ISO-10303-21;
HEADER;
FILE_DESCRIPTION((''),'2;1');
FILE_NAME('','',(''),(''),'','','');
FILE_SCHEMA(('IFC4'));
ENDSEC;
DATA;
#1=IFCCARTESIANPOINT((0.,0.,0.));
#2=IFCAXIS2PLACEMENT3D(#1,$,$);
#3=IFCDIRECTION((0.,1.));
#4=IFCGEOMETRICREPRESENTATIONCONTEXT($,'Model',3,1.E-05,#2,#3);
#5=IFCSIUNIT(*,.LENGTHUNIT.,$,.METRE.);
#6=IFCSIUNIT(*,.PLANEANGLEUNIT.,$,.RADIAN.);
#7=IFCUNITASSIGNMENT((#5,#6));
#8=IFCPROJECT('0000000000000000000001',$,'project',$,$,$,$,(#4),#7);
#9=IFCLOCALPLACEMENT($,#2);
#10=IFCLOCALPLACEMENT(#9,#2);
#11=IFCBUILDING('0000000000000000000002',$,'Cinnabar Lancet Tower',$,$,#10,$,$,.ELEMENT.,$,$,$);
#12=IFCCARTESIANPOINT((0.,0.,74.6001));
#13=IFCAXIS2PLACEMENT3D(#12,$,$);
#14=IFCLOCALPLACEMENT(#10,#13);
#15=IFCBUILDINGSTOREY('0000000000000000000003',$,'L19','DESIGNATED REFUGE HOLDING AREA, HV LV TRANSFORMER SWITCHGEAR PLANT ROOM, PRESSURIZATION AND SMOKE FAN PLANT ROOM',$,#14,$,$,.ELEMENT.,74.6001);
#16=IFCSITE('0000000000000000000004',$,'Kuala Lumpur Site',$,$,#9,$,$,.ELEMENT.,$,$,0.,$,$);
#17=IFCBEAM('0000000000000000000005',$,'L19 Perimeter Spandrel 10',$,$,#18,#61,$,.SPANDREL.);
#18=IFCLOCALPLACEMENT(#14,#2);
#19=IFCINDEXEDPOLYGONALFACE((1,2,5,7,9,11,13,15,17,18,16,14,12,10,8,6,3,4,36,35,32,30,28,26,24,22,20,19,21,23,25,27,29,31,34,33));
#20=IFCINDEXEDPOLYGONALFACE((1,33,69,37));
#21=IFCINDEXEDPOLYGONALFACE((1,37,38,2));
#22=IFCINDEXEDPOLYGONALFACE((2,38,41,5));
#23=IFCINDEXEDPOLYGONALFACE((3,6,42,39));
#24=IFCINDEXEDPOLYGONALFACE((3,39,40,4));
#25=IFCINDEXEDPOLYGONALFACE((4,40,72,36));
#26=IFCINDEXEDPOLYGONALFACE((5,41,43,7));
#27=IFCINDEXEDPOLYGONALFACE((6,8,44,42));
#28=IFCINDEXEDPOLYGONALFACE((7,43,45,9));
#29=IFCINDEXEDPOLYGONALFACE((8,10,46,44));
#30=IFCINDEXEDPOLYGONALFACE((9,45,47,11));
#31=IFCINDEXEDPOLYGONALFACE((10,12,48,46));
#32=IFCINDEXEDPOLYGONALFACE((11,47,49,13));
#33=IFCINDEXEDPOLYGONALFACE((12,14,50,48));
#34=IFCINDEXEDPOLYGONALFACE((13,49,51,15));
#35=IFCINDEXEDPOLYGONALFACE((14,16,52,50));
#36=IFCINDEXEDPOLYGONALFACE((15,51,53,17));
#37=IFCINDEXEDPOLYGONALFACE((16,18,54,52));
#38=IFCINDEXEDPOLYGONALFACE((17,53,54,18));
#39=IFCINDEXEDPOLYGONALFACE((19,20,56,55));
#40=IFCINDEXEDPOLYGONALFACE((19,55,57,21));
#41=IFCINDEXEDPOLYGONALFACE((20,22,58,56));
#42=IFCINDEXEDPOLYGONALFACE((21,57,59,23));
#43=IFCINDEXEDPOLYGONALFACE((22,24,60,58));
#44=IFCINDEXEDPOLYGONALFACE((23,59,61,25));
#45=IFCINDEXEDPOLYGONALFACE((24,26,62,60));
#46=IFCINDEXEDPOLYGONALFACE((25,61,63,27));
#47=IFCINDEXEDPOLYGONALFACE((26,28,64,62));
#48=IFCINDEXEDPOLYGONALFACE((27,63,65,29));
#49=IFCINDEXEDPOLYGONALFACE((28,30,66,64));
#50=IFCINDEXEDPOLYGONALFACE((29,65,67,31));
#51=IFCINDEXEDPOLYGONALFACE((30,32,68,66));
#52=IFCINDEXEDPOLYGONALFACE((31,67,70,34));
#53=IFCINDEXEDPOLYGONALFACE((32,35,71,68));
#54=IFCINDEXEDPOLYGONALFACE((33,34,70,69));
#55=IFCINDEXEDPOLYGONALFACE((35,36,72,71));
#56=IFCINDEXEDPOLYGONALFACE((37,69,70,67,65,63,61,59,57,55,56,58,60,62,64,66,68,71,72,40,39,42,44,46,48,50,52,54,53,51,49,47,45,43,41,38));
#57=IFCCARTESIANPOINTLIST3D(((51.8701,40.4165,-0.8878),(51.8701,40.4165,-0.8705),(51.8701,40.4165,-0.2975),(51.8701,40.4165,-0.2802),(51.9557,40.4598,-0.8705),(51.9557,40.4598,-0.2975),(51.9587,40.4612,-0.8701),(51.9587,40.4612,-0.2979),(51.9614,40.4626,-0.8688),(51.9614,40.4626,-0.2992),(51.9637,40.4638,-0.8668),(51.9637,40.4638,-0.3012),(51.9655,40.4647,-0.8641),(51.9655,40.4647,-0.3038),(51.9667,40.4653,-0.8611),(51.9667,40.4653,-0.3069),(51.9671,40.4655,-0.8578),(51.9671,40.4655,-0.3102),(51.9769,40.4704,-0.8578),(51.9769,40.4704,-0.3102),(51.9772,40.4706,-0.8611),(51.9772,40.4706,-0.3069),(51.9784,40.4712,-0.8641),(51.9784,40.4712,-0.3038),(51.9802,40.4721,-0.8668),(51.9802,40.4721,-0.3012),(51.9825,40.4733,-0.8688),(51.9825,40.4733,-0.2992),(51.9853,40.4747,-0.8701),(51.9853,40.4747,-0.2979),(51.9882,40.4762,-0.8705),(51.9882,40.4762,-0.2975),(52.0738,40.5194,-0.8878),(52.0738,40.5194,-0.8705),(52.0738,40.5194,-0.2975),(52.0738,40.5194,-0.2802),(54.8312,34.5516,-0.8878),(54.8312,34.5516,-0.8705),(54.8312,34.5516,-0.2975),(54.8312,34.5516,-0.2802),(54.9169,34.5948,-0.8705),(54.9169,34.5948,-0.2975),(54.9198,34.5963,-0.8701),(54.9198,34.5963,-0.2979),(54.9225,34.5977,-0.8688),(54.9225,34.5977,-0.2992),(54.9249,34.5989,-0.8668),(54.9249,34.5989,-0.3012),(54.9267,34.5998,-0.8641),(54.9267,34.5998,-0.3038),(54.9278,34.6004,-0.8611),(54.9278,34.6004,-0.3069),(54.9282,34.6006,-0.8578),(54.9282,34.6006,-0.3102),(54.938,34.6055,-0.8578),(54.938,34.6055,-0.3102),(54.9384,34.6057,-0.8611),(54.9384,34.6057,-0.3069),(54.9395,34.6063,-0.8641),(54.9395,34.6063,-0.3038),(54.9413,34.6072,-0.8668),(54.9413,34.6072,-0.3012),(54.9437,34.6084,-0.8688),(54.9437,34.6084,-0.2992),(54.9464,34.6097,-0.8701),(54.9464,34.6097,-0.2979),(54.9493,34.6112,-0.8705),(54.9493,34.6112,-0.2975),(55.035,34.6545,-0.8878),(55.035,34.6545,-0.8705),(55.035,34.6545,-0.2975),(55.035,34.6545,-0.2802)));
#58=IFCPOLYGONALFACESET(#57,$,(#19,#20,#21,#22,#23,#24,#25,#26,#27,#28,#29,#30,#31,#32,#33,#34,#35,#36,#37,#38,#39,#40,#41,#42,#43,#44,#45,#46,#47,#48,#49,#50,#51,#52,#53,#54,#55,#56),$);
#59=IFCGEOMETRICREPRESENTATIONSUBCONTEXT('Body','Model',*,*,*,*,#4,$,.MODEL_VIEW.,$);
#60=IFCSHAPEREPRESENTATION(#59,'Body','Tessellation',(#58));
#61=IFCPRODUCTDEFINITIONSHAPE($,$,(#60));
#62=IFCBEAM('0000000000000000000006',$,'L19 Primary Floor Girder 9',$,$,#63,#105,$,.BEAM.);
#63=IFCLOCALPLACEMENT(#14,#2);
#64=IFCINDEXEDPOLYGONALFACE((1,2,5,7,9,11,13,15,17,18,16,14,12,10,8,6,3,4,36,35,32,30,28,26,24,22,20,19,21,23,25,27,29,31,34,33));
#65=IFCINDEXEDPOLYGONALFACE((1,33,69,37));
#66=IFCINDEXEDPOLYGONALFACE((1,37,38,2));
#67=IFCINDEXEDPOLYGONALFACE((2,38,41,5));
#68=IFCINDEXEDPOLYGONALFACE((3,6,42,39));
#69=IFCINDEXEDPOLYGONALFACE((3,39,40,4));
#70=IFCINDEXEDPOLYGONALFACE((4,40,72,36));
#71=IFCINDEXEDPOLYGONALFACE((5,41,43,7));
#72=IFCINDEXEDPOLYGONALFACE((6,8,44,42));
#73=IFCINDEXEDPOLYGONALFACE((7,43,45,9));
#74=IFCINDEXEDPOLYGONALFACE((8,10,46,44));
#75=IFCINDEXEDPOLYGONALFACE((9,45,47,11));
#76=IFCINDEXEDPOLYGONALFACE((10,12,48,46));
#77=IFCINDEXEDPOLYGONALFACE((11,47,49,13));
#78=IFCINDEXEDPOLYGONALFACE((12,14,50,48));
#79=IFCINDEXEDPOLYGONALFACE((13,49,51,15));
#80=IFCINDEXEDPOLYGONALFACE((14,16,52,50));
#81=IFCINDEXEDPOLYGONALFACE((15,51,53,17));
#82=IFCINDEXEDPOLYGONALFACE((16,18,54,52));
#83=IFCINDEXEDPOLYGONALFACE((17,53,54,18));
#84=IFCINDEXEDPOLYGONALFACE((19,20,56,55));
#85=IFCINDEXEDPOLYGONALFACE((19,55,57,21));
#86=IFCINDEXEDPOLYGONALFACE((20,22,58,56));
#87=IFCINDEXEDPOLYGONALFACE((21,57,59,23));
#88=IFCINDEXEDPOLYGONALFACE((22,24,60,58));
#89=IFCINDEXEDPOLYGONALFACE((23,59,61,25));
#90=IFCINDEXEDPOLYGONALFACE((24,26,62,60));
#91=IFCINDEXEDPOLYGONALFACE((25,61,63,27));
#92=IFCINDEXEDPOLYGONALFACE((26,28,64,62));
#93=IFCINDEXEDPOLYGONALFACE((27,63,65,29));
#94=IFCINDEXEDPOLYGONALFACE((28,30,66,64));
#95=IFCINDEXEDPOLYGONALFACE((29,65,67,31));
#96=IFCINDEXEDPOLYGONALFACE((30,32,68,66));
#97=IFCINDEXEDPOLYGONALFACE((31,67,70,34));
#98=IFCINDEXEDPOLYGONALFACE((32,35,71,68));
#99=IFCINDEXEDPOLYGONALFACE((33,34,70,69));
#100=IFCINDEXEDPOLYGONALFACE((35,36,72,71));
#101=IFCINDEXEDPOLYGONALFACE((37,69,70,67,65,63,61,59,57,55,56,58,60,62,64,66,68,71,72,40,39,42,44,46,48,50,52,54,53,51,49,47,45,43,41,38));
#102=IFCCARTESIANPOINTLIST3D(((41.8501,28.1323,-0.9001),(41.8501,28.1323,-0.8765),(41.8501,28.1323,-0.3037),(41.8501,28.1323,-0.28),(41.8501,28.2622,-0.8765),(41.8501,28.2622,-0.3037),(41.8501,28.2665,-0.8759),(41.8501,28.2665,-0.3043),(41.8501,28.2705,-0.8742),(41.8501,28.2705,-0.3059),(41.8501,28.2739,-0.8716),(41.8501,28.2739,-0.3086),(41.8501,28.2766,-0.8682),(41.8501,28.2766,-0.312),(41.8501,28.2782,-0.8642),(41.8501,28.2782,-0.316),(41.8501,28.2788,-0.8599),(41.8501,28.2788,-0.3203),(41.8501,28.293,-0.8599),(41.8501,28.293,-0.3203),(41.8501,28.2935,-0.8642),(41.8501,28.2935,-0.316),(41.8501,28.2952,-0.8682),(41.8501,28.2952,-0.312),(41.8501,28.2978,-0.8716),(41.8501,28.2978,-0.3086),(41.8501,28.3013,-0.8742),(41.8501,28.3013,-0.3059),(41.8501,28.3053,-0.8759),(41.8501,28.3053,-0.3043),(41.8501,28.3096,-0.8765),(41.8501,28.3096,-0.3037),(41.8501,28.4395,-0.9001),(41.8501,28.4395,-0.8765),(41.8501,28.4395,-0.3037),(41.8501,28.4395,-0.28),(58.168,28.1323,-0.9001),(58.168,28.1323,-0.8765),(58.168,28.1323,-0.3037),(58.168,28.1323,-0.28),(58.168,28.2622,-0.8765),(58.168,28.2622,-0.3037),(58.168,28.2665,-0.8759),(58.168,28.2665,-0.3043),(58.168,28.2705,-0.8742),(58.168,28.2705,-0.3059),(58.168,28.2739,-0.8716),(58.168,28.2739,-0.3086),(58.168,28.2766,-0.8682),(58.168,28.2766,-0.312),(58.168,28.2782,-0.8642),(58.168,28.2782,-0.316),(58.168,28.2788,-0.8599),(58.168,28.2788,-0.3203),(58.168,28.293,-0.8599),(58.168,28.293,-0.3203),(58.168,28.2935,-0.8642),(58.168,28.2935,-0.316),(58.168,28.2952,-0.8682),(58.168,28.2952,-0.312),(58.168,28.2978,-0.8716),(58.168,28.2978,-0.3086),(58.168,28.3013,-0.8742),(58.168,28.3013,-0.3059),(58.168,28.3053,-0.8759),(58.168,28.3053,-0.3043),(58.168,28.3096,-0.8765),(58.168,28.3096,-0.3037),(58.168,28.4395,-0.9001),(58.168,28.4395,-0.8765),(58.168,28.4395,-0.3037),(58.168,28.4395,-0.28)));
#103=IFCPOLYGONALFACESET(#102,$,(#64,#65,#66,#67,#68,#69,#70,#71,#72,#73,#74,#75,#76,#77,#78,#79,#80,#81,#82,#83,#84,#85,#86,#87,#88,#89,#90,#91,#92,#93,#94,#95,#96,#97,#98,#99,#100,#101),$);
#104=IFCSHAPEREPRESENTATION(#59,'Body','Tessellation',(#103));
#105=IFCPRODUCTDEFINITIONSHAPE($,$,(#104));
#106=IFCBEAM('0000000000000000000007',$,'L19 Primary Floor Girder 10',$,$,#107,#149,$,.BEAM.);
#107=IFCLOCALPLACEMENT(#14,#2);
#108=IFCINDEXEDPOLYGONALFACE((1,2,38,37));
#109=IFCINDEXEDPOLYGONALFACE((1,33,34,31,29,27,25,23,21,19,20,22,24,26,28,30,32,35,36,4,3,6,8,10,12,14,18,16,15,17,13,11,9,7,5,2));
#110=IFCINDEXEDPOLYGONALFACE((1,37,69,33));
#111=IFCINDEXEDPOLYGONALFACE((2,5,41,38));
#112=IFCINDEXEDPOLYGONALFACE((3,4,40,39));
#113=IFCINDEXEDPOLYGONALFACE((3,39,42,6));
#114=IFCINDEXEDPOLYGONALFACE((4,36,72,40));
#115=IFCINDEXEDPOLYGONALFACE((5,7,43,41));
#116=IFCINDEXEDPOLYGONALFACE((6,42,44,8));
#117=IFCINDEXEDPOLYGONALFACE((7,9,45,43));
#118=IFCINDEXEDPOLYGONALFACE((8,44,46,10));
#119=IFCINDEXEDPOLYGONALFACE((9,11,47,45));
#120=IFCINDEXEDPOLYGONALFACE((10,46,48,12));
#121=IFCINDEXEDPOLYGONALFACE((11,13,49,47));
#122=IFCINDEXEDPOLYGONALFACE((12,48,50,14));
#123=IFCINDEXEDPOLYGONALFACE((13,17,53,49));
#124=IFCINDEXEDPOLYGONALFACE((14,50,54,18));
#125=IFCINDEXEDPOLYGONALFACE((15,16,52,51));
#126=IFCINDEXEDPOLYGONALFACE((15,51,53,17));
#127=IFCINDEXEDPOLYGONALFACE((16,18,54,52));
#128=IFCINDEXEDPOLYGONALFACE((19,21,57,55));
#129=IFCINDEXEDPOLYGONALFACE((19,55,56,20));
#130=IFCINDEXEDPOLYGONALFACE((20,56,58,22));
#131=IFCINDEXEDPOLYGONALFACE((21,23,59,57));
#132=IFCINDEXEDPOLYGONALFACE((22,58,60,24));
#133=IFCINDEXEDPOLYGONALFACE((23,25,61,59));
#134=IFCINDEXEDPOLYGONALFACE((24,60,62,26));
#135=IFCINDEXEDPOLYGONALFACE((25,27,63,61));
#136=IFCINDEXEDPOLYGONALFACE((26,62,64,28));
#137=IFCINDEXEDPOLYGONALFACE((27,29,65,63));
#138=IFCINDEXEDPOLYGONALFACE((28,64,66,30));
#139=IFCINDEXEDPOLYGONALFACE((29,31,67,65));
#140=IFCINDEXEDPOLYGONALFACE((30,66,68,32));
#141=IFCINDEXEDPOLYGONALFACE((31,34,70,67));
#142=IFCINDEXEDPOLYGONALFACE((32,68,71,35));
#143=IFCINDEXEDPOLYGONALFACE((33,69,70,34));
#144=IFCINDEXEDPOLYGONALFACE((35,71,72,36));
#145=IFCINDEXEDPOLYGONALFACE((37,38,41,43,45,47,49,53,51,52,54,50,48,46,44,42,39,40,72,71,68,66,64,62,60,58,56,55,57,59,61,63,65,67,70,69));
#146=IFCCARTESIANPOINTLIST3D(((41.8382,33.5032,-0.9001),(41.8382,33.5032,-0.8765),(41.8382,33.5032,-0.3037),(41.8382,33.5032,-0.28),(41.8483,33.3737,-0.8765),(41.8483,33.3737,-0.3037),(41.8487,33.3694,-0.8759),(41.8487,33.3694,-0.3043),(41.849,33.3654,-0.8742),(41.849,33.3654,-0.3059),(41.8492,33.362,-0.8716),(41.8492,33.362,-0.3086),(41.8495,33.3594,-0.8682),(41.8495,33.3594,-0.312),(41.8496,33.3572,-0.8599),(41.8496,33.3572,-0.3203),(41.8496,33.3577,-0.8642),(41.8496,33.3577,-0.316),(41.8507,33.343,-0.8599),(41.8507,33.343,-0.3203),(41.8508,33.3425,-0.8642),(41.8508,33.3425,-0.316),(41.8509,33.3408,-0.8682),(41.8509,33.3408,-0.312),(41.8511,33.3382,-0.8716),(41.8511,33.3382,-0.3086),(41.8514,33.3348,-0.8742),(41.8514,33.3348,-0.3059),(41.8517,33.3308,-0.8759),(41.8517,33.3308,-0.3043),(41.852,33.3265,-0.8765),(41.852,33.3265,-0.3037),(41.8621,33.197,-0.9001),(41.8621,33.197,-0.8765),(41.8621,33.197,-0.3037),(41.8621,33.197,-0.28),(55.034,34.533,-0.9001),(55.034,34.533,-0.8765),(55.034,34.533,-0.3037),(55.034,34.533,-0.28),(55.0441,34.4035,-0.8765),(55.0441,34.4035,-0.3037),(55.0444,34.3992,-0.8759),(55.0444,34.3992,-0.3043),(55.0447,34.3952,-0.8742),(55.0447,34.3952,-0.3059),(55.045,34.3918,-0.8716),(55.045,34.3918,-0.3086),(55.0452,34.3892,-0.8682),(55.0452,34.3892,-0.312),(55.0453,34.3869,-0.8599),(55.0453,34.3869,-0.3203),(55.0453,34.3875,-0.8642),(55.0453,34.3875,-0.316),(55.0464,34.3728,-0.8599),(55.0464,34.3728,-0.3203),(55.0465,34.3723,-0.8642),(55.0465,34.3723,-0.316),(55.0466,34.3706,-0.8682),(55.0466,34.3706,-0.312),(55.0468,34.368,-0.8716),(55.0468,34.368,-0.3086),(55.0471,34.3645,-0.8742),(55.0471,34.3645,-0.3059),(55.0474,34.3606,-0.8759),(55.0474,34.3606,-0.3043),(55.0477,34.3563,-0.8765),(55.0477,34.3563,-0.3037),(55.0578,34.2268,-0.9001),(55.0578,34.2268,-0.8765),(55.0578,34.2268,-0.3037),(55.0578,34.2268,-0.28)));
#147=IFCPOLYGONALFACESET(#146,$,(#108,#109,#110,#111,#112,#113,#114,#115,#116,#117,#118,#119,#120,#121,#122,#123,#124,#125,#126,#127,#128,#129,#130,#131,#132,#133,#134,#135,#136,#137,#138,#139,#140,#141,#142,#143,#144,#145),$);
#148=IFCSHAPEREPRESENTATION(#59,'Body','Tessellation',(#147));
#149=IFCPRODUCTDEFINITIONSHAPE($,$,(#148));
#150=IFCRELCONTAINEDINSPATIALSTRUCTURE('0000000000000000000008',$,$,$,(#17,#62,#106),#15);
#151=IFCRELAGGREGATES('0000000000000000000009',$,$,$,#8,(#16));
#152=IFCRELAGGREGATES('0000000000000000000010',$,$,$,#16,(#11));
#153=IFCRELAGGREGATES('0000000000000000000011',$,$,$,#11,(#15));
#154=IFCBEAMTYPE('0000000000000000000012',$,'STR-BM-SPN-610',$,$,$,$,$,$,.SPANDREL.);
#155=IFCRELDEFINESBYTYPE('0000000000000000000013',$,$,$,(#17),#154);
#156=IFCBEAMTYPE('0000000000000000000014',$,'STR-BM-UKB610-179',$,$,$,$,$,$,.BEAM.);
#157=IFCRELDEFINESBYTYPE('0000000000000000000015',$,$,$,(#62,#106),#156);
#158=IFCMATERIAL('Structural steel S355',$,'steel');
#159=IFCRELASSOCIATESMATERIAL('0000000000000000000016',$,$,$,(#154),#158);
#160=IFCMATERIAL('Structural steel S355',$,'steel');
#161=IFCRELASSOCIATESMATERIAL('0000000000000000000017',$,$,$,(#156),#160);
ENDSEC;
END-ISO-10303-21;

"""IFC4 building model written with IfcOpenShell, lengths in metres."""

from ifc_helpers import new_model, si_unit, direction, frame, origin, origin_2d, place, context, subcontext, project, spatial, i_section, extrude, material, material_profile, profile_set, type_object, element, save


model = new_model("IFC4")

# Units and contexts
model_context = context("Model", 3, precision=1e-05, world=origin(), true_north=direction((0.0, 1.0)))
body_context = subcontext(model_context, "Body", "Model", "MODEL_VIEW")
ifc_project = project(units=[si_unit("LENGTHUNIT", "METRE"), si_unit("PLANEANGLEUNIT", "RADIAN")], contexts=[model_context])

# Site, building, storey
site_placement = place(None, origin())
site = spatial("IfcSite", under=ifc_project, at=site_placement, Name="Kuala Lumpur Site", CompositionType="ELEMENT", RefElevation=0.0)
building_placement = place(site_placement, origin())
building = spatial("IfcBuilding", under=site, at=building_placement, Name="Cinnabar Lancet Tower", CompositionType="ELEMENT")
storey_placement = place(building_placement, frame((0.0, 0.0, 74.6001)))
storey = spatial("IfcBuildingStorey", under=building, at=storey_placement, Name="L19", Description="DESIGNATED REFUGE HOLDING AREA, HV LV TRANSFORMER SWITCHGEAR PLANT ROOM, PRESSURIZATION AND SMOKE FAN PLANT ROOM", CompositionType="ELEMENT", Elevation=74.6001)

# Beams
ifc_material_1 = material(Name="Structural steel S355", Category="steel")
ifc_material_profile_1 = material_profile(ifc_material_1, i_section(OverallWidth=0.2283, OverallDepth=0.6077, WebThickness=0.011, FlangeThickness=0.0173, FilletRadius=0.0127, at=origin_2d()), Name="UKB 610x229x113")
ifc_profile_set_1 = profile_set([ifc_material_profile_1], Name="Structural steel S355")
beam_type_1 = type_object("IfcBeamType", Name="STR-BM-SPN-610", PredefinedType="SPANDREL", material=ifc_profile_set_1)
beam_1_placement = place(storey_placement, frame((54.9331, 34.603, -0.584), z_axis=(-0.450703, 0.892674, 0.0), x_axis=(-0.892674, -0.450703, 0.0)))
element("IfcBeam", 1, at=beam_1_placement, inside=storey, type_object=beam_type_1, Name="L19 Perimeter Spandrel 10", PredefinedType="SPANDREL", context=body_context, shape_type="SweptSolid", body=[
    extrude(i_section(OverallWidth=0.2283, OverallDepth=0.6077, WebThickness=0.011, FlangeThickness=0.0173, FilletRadius=0.0127, at=origin_2d()), origin(), (0.0, 0.0, 1.0), 6.5701),
])
ifc_material_2 = material(Name="Structural steel S355", Category="steel")
ifc_material_profile_2 = material_profile(ifc_material_2, i_section(OverallWidth=0.3071, OverallDepth=0.6201, WebThickness=0.0142, FlangeThickness=0.0237, FilletRadius=0.0166, at=origin_2d()), Name="UKB 610x305x179")
ifc_profile_set_2 = profile_set([ifc_material_profile_2], Name="Structural steel S355")
beam_type_2 = type_object("IfcBeamType", Name="STR-BM-UKB610-179", PredefinedType="BEAM", material=ifc_profile_set_2)
beam_2_placement = place(storey_placement, frame((58.168, 28.2859, -0.5901), z_axis=(-1.0, 0.0, 0.0), x_axis=(0.0, -1.0, 0.0)))
element("IfcBeam", 2, at=beam_2_placement, inside=storey, type_object=beam_type_2, Name="L19 Primary Floor Girder 9", PredefinedType="BEAM", context=body_context, shape_type="SweptSolid", body=[
    extrude(i_section(OverallWidth=0.3071, OverallDepth=0.6201, WebThickness=0.0142, FlangeThickness=0.0237, FilletRadius=0.0166, at=origin_2d()), origin(), (0.0, 0.0, 1.0), 16.3179),
])
beam_3_placement = place(storey_placement, frame((55.0459, 34.3799, -0.5901), z_axis=(-0.996969, -0.077802, 0.0), x_axis=(0.077802, -0.996969, 0.0)))
element("IfcBeam", 3, at=beam_3_placement, inside=storey, type_object=beam_type_2, Name="L19 Primary Floor Girder 10", PredefinedType="BEAM", context=body_context, shape_type="SweptSolid", body=[
    extrude(i_section(OverallWidth=0.3071, OverallDepth=0.6201, WebThickness=0.0142, FlangeThickness=0.0237, FilletRadius=0.0166, at=origin_2d()), origin(), (0.0, 0.0, 1.0), 13.2358),
])

save(model, "model.ifc")
